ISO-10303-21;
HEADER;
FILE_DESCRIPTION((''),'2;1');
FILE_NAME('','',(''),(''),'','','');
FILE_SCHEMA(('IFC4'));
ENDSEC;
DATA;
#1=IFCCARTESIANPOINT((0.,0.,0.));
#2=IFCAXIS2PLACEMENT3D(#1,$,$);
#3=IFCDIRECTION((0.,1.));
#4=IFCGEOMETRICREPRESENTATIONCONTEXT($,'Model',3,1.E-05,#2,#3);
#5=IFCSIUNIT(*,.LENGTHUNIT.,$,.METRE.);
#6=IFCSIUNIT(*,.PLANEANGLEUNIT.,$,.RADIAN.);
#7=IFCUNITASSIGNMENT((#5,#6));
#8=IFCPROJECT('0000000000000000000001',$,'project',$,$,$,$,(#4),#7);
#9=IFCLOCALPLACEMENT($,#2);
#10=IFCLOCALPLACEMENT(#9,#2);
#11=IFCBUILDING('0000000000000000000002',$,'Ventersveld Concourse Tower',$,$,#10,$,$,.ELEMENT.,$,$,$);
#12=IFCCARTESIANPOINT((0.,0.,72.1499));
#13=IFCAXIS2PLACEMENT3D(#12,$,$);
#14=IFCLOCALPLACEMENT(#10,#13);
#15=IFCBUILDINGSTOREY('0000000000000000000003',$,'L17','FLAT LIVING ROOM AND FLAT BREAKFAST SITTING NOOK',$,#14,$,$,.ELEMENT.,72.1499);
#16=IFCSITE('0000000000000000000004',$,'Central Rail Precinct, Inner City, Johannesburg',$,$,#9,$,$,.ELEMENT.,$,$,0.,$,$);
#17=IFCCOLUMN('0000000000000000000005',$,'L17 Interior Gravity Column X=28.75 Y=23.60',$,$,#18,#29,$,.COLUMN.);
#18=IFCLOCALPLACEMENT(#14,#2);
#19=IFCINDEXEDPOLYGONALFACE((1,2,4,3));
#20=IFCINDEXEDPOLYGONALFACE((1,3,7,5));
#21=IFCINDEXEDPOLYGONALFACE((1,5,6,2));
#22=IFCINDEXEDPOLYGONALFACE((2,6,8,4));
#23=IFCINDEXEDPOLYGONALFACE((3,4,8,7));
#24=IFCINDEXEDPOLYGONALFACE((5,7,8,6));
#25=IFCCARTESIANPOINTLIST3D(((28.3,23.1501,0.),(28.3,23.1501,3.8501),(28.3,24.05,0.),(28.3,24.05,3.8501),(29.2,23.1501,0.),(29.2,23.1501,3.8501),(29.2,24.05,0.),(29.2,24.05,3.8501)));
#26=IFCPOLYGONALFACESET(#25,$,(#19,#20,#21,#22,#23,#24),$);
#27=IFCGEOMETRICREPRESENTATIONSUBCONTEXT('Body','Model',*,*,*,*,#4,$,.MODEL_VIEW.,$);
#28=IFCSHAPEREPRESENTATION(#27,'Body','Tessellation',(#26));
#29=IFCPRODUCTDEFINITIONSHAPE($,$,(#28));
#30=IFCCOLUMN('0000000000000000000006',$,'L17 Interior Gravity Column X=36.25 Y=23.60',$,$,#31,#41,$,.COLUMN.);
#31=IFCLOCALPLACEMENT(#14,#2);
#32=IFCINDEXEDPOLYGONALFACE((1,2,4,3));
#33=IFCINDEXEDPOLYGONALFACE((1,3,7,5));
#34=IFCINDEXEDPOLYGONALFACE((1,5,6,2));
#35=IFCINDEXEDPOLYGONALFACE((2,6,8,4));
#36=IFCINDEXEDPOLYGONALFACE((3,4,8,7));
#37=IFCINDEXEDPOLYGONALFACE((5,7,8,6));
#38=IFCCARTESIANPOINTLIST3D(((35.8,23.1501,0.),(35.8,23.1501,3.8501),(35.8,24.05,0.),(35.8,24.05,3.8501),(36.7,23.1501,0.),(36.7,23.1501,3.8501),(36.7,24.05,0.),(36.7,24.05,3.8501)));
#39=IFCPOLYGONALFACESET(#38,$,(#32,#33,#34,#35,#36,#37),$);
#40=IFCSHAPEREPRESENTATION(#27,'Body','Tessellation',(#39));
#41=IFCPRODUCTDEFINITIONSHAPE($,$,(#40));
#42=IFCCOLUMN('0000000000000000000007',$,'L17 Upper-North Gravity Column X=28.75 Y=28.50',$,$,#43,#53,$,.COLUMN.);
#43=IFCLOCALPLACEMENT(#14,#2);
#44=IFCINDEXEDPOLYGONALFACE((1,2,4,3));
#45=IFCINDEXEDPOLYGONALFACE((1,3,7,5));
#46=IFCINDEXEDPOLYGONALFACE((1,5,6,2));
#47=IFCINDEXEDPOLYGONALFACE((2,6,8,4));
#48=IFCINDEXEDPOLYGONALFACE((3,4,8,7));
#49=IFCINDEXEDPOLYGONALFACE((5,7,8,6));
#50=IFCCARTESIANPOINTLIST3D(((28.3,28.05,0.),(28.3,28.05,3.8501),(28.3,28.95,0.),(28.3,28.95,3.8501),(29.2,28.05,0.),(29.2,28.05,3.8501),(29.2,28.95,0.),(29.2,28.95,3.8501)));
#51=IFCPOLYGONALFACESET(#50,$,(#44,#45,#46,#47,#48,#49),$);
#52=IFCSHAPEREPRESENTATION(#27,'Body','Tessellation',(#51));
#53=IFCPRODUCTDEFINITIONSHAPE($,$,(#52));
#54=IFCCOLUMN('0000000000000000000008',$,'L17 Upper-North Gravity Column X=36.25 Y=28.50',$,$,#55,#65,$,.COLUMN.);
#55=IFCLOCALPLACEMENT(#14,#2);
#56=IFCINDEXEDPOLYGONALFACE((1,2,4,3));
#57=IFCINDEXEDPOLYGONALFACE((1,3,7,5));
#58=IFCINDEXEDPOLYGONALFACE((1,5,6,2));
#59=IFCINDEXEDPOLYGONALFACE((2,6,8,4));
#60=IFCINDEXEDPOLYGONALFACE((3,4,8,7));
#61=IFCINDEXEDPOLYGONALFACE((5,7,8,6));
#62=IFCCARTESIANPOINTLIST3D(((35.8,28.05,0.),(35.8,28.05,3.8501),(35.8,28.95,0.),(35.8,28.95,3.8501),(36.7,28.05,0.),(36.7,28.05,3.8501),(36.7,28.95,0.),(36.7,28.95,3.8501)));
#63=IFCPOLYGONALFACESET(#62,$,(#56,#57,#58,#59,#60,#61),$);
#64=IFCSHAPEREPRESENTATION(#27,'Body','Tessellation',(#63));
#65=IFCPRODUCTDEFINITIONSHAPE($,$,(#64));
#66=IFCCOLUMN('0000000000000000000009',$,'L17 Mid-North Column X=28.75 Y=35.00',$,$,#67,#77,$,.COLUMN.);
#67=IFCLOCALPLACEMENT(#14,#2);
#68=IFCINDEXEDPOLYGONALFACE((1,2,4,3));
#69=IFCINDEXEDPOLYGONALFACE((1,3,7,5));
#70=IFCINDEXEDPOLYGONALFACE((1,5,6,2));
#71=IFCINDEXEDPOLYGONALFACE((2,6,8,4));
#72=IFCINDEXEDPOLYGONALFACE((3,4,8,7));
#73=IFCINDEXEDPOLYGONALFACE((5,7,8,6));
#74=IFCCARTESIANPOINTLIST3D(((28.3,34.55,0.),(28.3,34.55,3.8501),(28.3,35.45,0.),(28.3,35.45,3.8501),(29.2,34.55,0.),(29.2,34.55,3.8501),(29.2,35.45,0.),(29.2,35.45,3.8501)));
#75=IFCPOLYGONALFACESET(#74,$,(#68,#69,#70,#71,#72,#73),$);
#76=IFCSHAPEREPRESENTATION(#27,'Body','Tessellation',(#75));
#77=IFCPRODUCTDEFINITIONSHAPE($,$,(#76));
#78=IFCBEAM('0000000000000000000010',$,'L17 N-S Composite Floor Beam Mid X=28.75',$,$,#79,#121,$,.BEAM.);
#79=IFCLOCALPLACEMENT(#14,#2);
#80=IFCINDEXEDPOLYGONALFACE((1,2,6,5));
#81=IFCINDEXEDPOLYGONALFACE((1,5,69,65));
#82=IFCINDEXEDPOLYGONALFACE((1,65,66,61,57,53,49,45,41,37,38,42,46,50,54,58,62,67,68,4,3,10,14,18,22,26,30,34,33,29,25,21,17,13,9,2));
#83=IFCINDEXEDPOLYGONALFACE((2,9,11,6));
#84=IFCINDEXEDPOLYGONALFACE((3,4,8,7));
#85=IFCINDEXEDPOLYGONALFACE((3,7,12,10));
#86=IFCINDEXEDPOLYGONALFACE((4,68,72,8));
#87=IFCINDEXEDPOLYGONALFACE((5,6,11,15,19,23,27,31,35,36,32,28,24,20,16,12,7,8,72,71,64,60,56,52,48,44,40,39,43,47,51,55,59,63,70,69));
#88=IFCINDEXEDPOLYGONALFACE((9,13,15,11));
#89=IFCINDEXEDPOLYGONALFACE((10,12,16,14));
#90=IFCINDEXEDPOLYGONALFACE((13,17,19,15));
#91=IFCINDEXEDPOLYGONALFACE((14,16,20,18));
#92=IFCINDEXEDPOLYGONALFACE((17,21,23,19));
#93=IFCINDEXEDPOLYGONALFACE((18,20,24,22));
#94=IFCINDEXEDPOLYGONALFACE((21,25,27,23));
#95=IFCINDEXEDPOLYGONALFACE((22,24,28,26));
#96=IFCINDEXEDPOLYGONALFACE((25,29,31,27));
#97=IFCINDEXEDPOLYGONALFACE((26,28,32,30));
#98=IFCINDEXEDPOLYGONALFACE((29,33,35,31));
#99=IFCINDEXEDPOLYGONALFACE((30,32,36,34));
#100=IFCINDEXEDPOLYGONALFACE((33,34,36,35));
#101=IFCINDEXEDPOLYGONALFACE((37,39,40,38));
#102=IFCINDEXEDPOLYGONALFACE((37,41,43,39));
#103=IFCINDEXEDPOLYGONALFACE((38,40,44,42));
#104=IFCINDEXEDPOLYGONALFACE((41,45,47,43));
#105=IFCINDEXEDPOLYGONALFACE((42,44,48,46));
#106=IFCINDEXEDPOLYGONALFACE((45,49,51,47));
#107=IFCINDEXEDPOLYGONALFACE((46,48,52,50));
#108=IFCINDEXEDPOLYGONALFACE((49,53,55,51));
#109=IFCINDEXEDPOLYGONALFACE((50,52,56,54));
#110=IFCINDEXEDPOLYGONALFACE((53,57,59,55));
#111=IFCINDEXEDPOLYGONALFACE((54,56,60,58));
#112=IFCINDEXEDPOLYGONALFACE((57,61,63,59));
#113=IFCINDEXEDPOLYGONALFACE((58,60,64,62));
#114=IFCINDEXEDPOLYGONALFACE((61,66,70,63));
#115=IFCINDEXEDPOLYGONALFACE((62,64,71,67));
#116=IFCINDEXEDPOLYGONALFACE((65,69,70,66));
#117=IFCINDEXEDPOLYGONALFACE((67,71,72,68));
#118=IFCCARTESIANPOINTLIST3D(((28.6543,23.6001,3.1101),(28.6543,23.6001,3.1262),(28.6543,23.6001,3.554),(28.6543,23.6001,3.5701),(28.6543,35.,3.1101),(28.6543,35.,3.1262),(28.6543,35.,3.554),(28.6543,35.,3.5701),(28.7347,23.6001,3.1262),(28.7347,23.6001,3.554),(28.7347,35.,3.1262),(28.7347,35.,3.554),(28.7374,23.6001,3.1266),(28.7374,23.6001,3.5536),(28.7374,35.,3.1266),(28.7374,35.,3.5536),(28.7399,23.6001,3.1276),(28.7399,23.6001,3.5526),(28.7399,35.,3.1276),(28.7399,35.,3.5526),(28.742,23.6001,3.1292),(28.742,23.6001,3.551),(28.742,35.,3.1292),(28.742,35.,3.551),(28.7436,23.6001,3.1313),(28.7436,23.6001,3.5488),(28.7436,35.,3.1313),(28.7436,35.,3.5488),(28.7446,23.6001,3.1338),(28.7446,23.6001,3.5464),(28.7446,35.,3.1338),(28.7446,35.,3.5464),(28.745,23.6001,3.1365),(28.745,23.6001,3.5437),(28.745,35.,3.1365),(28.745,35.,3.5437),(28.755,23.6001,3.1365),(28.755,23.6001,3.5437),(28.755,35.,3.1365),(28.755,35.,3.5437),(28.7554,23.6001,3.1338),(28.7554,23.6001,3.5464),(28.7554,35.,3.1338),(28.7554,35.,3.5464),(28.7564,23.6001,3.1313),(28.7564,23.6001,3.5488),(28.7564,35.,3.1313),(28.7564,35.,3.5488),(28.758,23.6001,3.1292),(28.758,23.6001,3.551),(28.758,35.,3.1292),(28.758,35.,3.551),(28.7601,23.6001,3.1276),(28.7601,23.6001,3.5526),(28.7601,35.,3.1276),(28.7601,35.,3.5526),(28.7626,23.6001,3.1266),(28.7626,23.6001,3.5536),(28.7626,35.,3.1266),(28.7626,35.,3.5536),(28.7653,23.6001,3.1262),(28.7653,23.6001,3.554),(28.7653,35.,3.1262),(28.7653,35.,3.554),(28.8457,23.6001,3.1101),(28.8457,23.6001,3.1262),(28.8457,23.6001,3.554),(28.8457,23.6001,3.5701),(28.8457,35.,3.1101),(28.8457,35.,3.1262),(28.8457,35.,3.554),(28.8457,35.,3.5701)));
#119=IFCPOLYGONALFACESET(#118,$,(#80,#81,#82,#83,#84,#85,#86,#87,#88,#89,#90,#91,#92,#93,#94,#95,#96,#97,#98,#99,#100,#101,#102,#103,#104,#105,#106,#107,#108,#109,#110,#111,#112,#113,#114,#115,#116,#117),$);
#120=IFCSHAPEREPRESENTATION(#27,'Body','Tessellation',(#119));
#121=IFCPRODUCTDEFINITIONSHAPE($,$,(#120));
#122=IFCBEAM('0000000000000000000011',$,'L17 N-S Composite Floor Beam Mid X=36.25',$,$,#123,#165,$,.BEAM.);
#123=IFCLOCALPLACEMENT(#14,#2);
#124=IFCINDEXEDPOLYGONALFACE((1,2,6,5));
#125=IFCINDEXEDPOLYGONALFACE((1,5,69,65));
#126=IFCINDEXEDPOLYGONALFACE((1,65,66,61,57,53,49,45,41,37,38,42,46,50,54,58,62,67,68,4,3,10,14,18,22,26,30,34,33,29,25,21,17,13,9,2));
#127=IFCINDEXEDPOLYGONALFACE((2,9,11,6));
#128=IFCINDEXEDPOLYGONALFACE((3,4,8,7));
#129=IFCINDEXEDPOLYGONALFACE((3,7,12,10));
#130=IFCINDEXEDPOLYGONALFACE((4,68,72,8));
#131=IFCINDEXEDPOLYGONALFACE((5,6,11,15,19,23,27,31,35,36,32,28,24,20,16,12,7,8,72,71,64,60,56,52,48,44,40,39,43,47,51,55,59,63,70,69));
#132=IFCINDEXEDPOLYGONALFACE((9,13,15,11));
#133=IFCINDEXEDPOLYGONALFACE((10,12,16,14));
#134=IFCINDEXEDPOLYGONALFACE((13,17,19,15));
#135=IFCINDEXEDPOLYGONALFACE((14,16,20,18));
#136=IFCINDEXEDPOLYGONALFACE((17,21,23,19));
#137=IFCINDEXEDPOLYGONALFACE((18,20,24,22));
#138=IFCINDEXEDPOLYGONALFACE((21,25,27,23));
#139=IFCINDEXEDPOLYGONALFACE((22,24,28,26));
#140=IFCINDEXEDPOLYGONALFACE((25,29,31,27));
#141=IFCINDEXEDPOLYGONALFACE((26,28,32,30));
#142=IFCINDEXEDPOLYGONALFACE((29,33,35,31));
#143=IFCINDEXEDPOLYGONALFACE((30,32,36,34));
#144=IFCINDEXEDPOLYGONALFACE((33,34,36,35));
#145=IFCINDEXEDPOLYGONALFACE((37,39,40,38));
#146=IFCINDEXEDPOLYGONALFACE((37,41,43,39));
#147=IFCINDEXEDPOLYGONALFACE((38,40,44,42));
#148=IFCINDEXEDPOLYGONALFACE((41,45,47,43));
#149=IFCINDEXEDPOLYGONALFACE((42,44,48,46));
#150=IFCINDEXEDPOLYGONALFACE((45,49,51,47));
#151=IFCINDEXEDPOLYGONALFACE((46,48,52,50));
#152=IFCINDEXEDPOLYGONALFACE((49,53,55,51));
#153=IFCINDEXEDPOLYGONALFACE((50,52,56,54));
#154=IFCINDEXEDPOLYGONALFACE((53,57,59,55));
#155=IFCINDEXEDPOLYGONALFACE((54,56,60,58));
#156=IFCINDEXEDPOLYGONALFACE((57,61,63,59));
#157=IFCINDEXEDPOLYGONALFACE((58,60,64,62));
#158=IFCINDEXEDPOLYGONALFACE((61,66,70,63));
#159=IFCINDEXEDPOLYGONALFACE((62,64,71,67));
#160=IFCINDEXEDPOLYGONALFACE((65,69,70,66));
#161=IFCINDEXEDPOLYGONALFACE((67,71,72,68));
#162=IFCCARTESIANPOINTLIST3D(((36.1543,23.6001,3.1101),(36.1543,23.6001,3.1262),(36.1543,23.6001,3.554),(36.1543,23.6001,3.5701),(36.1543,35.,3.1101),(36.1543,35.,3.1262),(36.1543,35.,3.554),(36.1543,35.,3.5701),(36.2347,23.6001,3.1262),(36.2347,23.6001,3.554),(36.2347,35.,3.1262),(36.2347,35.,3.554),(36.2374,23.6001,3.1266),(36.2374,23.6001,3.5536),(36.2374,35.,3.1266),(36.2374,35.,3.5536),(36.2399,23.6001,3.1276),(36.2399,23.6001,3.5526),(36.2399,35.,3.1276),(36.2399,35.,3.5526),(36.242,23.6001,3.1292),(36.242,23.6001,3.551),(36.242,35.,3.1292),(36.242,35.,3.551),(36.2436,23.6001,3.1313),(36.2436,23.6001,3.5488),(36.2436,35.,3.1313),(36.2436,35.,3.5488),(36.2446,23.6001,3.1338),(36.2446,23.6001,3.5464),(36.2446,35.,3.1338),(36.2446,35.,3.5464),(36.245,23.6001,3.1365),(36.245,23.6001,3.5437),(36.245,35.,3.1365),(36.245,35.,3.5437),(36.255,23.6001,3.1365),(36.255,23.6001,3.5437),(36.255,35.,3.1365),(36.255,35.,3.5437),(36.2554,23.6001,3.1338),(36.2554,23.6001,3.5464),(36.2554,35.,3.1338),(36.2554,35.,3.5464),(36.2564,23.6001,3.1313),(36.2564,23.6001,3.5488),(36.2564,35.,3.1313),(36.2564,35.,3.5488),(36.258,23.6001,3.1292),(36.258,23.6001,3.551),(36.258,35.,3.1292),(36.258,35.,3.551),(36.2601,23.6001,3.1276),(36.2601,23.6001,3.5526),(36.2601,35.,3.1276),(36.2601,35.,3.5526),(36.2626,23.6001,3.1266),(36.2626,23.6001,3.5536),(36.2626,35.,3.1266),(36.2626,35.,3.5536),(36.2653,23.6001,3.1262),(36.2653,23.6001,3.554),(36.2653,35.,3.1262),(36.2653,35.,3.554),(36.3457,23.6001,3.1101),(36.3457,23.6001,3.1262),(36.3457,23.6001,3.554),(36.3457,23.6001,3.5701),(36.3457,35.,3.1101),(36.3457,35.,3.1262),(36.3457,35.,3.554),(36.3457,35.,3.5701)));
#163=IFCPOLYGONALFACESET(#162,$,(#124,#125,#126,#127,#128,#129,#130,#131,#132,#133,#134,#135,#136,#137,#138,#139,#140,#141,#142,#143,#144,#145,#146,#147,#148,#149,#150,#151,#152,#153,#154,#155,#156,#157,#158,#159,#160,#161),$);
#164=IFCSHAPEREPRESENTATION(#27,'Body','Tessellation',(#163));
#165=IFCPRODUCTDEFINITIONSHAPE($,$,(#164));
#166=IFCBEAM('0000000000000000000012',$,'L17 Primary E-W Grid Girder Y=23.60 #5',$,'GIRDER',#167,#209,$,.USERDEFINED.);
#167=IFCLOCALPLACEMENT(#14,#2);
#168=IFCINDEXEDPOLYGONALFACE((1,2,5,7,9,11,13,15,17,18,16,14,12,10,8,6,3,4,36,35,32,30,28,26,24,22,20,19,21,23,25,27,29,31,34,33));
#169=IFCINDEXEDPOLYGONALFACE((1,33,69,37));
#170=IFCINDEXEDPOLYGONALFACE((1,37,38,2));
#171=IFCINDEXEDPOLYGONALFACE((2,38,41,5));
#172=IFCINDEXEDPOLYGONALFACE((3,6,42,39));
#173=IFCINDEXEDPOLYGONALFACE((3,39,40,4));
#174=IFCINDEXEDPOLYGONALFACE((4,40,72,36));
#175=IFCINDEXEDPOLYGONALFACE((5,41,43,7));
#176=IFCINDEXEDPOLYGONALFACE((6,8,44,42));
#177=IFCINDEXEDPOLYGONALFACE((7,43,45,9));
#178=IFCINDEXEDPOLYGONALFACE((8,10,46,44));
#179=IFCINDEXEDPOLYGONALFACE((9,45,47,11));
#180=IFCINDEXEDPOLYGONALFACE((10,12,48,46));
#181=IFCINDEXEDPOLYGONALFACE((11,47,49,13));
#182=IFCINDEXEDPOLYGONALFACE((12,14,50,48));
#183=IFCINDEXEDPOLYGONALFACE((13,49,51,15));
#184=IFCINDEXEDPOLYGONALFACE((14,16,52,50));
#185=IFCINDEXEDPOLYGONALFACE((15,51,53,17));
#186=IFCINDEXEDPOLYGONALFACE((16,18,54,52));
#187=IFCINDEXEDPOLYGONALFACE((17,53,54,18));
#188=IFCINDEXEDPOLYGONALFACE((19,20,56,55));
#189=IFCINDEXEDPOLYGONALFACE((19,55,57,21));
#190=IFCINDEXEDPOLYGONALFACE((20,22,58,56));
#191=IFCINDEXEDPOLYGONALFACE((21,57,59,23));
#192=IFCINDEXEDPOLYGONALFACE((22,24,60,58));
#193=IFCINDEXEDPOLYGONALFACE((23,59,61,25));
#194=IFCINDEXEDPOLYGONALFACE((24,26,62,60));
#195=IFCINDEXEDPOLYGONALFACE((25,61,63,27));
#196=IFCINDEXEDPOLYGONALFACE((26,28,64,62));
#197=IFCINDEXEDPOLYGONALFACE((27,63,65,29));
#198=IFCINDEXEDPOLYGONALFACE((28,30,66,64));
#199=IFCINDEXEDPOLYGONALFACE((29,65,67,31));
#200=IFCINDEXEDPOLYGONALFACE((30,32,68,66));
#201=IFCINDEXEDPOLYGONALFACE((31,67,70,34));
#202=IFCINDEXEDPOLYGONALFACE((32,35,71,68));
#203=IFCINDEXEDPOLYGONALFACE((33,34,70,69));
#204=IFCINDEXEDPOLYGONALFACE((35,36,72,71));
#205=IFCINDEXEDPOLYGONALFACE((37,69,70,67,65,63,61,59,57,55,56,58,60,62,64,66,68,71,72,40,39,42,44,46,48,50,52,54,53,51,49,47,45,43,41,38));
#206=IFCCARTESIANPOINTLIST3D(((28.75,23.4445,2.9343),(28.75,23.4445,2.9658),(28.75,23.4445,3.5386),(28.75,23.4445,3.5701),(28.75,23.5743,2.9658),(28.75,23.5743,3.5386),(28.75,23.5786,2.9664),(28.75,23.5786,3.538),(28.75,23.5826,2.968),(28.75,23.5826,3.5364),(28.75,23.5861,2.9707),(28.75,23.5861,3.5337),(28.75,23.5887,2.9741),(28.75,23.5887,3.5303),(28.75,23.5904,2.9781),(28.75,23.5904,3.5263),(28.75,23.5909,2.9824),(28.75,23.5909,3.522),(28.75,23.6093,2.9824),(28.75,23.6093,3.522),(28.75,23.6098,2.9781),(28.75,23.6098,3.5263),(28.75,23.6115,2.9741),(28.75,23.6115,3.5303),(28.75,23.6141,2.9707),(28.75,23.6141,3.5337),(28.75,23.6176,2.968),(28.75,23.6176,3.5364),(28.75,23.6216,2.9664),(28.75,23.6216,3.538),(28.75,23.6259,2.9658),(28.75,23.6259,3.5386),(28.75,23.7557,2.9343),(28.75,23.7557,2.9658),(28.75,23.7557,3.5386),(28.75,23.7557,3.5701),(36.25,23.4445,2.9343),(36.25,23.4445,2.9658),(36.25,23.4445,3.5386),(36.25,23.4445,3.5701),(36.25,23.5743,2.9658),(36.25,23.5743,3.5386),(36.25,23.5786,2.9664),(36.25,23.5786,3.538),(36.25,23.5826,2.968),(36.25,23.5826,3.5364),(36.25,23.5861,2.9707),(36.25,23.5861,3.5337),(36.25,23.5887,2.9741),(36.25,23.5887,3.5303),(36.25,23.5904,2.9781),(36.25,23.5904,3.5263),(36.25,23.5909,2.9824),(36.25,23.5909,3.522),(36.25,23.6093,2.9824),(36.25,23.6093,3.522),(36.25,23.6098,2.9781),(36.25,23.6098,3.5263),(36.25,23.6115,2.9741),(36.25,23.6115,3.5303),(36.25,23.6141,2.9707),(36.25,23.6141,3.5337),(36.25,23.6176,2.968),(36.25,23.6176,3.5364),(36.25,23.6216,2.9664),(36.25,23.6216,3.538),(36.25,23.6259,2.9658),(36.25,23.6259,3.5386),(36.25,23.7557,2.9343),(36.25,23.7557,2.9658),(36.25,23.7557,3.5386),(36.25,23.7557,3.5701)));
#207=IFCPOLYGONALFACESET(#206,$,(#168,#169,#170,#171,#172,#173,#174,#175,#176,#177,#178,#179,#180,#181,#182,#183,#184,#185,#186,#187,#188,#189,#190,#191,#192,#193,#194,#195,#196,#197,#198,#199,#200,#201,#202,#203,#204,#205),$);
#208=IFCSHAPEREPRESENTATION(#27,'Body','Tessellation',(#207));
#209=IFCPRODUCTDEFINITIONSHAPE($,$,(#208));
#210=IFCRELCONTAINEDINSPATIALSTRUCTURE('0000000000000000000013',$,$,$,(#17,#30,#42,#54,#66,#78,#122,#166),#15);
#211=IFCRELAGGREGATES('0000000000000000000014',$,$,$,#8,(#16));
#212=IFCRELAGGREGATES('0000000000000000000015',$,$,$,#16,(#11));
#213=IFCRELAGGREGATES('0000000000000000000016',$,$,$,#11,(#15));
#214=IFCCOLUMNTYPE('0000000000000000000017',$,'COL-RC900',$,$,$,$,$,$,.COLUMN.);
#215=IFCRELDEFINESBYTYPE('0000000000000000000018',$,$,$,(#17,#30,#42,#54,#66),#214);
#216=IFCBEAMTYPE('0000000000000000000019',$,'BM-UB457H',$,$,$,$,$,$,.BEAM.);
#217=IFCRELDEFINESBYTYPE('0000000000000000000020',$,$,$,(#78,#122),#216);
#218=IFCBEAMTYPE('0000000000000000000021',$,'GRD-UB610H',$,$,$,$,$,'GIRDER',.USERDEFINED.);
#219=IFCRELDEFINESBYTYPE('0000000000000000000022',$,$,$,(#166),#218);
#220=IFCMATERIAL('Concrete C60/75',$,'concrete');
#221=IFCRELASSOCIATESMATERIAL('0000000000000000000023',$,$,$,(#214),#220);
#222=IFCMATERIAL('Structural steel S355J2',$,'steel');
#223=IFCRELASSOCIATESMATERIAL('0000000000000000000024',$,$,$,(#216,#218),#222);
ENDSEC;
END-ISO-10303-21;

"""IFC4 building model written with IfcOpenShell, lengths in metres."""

from ifc_helpers import new_model, si_unit, direction, frame, origin, origin_2d, place, context, subcontext, project, spatial, rectangle, i_section, extrude, material, material_profile, profile_set, type_object, element, save


model = new_model("IFC4")

# Units and contexts
model_context = context("Model", 3, precision=1e-05, world=origin(), true_north=direction((0.0, 1.0)))
body_context = subcontext(model_context, "Body", "Model", "MODEL_VIEW")
ifc_project = project(units=[si_unit("LENGTHUNIT", "METRE"), si_unit("PLANEANGLEUNIT", "RADIAN")], contexts=[model_context])

# Site, building, storey
site_placement = place(None, origin())
site = spatial("IfcSite", under=ifc_project, at=site_placement, Name="Central Rail Precinct, Inner City, Johannesburg", CompositionType="ELEMENT", RefElevation=0.0)
building_placement = place(site_placement, origin())
building = spatial("IfcBuilding", under=site, at=building_placement, Name="Ventersveld Concourse Tower", CompositionType="ELEMENT")
storey_placement = place(building_placement, frame((0.0, 0.0, 72.1499)))
storey = spatial("IfcBuildingStorey", under=building, at=storey_placement, Name="L17", Description="FLAT LIVING ROOM AND FLAT BREAKFAST SITTING NOOK", CompositionType="ELEMENT", Elevation=72.1499)

# Columns
ifc_material_1 = material(Name="Concrete C60/75", Category="concrete")
ifc_material_profile_1 = material_profile(ifc_material_1, rectangle(XDim=0.8999, YDim=0.8999, at=origin_2d()), Name="RC 900x900")
ifc_profile_set_1 = profile_set([ifc_material_profile_1], Name="Concrete C60/75")
column_type = type_object("IfcColumnType", Name="COL-RC900", PredefinedType="COLUMN", material=ifc_profile_set_1)
for number, where, z_axis, x_axis, name in (
    (1, (28.75, 23.6001, 0.0), (0.0, 0.0, 1.0), (1.0, 0.0, 0.0), "L17 Interior Gravity Column X=28.75 Y=23.60"),
    (2, (36.25, 23.6001, 0.0), (0.0, 0.0, 1.0), (1.0, 0.0, 0.0), "L17 Interior Gravity Column X=36.25 Y=23.60"),
    (3, (28.75, 28.5, 0.0), (0.0, 0.0, 1.0), (1.0, 0.0, 0.0), "L17 Upper-North Gravity Column X=28.75 Y=28.50"),
    (4, (36.25, 28.5, 0.0), (0.0, 0.0, 1.0), (1.0, 0.0, 0.0), "L17 Upper-North Gravity Column X=36.25 Y=28.50"),
    (5, (28.75, 35.0, 0.0), (0.0, 0.0, 1.0), (1.0, 0.0, 0.0), "L17 Mid-North Column X=28.75 Y=35.00"),
):
    element("IfcColumn", number, at=place(storey_placement, frame(where, z_axis=z_axis, x_axis=x_axis)), inside=storey, type_object=column_type, Name=name, PredefinedType="COLUMN", context=body_context, shape_type="SweptSolid", body=[
        extrude(rectangle(XDim=0.8999, YDim=0.8999, at=origin_2d()), origin(), (0.0, 0.0, 1.0), 3.8501),
    ])

# Beams
ifc_material_2 = material(Name="Structural steel S355J2", Category="steel")
ifc_material_profile_2 = material_profile(ifc_material_2, i_section(OverallWidth=0.1914, OverallDepth=0.46, WebThickness=0.01, FlangeThickness=0.0161, FilletRadius=0.0103, at=origin_2d()), Name="UB 457x191x82")
ifc_profile_set_2 = profile_set([ifc_material_profile_2], Name="Structural steel S355J2")
beam_type_1 = type_object("IfcBeamType", Name="BM-UB457H", PredefinedType="BEAM", material=ifc_profile_set_2)
for number, where, z_axis, x_axis, name in (
    (6, (28.75, 23.6001, 3.3401), (0.0, 1.0, 0.0), (-1.0, 0.0, 0.0), "L17 N-S Composite Floor Beam Mid X=28.75"),
    (7, (36.25, 23.6001, 3.3401), (0.0, 1.0, 0.0), (-1.0, 0.0, 0.0), "L17 N-S Composite Floor Beam Mid X=36.25"),
):
    element("IfcBeam", number, at=place(storey_placement, frame(where, z_axis=z_axis, x_axis=x_axis)), inside=storey, type_object=beam_type_1, Name=name, PredefinedType="BEAM", context=body_context, shape_type="SweptSolid", body=[
        extrude(i_section(OverallWidth=0.1914, OverallDepth=0.46, WebThickness=0.01, FlangeThickness=0.0161, FilletRadius=0.0103, at=origin_2d()), origin(), (0.0, 0.0, 1.0), 11.3999),
    ])
ifc_material_profile_3 = material_profile(ifc_material_2, i_section(OverallWidth=0.3113, OverallDepth=0.6357, WebThickness=0.0183, FlangeThickness=0.0315, FilletRadius=0.0166, at=origin_2d()), Name="UB 610x305x238")
ifc_profile_set_3 = profile_set([ifc_material_profile_3], Name="Structural steel S355J2")
beam_type_2 = type_object("IfcBeamType", Name="GRD-UB610H", ElementType="GIRDER", PredefinedType="USERDEFINED", material=ifc_profile_set_3)
for number, where, z_axis, x_axis, name in (
    (8, (28.75, 23.6001, 3.2522), (1.0, 0.0, 0.0), (0.0, 1.0, 0.0), "L17 Primary E-W Grid Girder Y=23.60 #5"),
):
    element("IfcBeam", number, at=place(storey_placement, frame(where, z_axis=z_axis, x_axis=x_axis)), inside=storey, type_object=beam_type_2, Name=name, ObjectType="GIRDER", PredefinedType="USERDEFINED", context=body_context, shape_type="SweptSolid", body=[
        extrude(i_section(OverallWidth=0.3113, OverallDepth=0.6357, WebThickness=0.0183, FlangeThickness=0.0315, FilletRadius=0.0166, at=origin_2d()), origin(), (0.0, 0.0, 1.0), 7.5),
    ])

save(model, "model.ifc")
